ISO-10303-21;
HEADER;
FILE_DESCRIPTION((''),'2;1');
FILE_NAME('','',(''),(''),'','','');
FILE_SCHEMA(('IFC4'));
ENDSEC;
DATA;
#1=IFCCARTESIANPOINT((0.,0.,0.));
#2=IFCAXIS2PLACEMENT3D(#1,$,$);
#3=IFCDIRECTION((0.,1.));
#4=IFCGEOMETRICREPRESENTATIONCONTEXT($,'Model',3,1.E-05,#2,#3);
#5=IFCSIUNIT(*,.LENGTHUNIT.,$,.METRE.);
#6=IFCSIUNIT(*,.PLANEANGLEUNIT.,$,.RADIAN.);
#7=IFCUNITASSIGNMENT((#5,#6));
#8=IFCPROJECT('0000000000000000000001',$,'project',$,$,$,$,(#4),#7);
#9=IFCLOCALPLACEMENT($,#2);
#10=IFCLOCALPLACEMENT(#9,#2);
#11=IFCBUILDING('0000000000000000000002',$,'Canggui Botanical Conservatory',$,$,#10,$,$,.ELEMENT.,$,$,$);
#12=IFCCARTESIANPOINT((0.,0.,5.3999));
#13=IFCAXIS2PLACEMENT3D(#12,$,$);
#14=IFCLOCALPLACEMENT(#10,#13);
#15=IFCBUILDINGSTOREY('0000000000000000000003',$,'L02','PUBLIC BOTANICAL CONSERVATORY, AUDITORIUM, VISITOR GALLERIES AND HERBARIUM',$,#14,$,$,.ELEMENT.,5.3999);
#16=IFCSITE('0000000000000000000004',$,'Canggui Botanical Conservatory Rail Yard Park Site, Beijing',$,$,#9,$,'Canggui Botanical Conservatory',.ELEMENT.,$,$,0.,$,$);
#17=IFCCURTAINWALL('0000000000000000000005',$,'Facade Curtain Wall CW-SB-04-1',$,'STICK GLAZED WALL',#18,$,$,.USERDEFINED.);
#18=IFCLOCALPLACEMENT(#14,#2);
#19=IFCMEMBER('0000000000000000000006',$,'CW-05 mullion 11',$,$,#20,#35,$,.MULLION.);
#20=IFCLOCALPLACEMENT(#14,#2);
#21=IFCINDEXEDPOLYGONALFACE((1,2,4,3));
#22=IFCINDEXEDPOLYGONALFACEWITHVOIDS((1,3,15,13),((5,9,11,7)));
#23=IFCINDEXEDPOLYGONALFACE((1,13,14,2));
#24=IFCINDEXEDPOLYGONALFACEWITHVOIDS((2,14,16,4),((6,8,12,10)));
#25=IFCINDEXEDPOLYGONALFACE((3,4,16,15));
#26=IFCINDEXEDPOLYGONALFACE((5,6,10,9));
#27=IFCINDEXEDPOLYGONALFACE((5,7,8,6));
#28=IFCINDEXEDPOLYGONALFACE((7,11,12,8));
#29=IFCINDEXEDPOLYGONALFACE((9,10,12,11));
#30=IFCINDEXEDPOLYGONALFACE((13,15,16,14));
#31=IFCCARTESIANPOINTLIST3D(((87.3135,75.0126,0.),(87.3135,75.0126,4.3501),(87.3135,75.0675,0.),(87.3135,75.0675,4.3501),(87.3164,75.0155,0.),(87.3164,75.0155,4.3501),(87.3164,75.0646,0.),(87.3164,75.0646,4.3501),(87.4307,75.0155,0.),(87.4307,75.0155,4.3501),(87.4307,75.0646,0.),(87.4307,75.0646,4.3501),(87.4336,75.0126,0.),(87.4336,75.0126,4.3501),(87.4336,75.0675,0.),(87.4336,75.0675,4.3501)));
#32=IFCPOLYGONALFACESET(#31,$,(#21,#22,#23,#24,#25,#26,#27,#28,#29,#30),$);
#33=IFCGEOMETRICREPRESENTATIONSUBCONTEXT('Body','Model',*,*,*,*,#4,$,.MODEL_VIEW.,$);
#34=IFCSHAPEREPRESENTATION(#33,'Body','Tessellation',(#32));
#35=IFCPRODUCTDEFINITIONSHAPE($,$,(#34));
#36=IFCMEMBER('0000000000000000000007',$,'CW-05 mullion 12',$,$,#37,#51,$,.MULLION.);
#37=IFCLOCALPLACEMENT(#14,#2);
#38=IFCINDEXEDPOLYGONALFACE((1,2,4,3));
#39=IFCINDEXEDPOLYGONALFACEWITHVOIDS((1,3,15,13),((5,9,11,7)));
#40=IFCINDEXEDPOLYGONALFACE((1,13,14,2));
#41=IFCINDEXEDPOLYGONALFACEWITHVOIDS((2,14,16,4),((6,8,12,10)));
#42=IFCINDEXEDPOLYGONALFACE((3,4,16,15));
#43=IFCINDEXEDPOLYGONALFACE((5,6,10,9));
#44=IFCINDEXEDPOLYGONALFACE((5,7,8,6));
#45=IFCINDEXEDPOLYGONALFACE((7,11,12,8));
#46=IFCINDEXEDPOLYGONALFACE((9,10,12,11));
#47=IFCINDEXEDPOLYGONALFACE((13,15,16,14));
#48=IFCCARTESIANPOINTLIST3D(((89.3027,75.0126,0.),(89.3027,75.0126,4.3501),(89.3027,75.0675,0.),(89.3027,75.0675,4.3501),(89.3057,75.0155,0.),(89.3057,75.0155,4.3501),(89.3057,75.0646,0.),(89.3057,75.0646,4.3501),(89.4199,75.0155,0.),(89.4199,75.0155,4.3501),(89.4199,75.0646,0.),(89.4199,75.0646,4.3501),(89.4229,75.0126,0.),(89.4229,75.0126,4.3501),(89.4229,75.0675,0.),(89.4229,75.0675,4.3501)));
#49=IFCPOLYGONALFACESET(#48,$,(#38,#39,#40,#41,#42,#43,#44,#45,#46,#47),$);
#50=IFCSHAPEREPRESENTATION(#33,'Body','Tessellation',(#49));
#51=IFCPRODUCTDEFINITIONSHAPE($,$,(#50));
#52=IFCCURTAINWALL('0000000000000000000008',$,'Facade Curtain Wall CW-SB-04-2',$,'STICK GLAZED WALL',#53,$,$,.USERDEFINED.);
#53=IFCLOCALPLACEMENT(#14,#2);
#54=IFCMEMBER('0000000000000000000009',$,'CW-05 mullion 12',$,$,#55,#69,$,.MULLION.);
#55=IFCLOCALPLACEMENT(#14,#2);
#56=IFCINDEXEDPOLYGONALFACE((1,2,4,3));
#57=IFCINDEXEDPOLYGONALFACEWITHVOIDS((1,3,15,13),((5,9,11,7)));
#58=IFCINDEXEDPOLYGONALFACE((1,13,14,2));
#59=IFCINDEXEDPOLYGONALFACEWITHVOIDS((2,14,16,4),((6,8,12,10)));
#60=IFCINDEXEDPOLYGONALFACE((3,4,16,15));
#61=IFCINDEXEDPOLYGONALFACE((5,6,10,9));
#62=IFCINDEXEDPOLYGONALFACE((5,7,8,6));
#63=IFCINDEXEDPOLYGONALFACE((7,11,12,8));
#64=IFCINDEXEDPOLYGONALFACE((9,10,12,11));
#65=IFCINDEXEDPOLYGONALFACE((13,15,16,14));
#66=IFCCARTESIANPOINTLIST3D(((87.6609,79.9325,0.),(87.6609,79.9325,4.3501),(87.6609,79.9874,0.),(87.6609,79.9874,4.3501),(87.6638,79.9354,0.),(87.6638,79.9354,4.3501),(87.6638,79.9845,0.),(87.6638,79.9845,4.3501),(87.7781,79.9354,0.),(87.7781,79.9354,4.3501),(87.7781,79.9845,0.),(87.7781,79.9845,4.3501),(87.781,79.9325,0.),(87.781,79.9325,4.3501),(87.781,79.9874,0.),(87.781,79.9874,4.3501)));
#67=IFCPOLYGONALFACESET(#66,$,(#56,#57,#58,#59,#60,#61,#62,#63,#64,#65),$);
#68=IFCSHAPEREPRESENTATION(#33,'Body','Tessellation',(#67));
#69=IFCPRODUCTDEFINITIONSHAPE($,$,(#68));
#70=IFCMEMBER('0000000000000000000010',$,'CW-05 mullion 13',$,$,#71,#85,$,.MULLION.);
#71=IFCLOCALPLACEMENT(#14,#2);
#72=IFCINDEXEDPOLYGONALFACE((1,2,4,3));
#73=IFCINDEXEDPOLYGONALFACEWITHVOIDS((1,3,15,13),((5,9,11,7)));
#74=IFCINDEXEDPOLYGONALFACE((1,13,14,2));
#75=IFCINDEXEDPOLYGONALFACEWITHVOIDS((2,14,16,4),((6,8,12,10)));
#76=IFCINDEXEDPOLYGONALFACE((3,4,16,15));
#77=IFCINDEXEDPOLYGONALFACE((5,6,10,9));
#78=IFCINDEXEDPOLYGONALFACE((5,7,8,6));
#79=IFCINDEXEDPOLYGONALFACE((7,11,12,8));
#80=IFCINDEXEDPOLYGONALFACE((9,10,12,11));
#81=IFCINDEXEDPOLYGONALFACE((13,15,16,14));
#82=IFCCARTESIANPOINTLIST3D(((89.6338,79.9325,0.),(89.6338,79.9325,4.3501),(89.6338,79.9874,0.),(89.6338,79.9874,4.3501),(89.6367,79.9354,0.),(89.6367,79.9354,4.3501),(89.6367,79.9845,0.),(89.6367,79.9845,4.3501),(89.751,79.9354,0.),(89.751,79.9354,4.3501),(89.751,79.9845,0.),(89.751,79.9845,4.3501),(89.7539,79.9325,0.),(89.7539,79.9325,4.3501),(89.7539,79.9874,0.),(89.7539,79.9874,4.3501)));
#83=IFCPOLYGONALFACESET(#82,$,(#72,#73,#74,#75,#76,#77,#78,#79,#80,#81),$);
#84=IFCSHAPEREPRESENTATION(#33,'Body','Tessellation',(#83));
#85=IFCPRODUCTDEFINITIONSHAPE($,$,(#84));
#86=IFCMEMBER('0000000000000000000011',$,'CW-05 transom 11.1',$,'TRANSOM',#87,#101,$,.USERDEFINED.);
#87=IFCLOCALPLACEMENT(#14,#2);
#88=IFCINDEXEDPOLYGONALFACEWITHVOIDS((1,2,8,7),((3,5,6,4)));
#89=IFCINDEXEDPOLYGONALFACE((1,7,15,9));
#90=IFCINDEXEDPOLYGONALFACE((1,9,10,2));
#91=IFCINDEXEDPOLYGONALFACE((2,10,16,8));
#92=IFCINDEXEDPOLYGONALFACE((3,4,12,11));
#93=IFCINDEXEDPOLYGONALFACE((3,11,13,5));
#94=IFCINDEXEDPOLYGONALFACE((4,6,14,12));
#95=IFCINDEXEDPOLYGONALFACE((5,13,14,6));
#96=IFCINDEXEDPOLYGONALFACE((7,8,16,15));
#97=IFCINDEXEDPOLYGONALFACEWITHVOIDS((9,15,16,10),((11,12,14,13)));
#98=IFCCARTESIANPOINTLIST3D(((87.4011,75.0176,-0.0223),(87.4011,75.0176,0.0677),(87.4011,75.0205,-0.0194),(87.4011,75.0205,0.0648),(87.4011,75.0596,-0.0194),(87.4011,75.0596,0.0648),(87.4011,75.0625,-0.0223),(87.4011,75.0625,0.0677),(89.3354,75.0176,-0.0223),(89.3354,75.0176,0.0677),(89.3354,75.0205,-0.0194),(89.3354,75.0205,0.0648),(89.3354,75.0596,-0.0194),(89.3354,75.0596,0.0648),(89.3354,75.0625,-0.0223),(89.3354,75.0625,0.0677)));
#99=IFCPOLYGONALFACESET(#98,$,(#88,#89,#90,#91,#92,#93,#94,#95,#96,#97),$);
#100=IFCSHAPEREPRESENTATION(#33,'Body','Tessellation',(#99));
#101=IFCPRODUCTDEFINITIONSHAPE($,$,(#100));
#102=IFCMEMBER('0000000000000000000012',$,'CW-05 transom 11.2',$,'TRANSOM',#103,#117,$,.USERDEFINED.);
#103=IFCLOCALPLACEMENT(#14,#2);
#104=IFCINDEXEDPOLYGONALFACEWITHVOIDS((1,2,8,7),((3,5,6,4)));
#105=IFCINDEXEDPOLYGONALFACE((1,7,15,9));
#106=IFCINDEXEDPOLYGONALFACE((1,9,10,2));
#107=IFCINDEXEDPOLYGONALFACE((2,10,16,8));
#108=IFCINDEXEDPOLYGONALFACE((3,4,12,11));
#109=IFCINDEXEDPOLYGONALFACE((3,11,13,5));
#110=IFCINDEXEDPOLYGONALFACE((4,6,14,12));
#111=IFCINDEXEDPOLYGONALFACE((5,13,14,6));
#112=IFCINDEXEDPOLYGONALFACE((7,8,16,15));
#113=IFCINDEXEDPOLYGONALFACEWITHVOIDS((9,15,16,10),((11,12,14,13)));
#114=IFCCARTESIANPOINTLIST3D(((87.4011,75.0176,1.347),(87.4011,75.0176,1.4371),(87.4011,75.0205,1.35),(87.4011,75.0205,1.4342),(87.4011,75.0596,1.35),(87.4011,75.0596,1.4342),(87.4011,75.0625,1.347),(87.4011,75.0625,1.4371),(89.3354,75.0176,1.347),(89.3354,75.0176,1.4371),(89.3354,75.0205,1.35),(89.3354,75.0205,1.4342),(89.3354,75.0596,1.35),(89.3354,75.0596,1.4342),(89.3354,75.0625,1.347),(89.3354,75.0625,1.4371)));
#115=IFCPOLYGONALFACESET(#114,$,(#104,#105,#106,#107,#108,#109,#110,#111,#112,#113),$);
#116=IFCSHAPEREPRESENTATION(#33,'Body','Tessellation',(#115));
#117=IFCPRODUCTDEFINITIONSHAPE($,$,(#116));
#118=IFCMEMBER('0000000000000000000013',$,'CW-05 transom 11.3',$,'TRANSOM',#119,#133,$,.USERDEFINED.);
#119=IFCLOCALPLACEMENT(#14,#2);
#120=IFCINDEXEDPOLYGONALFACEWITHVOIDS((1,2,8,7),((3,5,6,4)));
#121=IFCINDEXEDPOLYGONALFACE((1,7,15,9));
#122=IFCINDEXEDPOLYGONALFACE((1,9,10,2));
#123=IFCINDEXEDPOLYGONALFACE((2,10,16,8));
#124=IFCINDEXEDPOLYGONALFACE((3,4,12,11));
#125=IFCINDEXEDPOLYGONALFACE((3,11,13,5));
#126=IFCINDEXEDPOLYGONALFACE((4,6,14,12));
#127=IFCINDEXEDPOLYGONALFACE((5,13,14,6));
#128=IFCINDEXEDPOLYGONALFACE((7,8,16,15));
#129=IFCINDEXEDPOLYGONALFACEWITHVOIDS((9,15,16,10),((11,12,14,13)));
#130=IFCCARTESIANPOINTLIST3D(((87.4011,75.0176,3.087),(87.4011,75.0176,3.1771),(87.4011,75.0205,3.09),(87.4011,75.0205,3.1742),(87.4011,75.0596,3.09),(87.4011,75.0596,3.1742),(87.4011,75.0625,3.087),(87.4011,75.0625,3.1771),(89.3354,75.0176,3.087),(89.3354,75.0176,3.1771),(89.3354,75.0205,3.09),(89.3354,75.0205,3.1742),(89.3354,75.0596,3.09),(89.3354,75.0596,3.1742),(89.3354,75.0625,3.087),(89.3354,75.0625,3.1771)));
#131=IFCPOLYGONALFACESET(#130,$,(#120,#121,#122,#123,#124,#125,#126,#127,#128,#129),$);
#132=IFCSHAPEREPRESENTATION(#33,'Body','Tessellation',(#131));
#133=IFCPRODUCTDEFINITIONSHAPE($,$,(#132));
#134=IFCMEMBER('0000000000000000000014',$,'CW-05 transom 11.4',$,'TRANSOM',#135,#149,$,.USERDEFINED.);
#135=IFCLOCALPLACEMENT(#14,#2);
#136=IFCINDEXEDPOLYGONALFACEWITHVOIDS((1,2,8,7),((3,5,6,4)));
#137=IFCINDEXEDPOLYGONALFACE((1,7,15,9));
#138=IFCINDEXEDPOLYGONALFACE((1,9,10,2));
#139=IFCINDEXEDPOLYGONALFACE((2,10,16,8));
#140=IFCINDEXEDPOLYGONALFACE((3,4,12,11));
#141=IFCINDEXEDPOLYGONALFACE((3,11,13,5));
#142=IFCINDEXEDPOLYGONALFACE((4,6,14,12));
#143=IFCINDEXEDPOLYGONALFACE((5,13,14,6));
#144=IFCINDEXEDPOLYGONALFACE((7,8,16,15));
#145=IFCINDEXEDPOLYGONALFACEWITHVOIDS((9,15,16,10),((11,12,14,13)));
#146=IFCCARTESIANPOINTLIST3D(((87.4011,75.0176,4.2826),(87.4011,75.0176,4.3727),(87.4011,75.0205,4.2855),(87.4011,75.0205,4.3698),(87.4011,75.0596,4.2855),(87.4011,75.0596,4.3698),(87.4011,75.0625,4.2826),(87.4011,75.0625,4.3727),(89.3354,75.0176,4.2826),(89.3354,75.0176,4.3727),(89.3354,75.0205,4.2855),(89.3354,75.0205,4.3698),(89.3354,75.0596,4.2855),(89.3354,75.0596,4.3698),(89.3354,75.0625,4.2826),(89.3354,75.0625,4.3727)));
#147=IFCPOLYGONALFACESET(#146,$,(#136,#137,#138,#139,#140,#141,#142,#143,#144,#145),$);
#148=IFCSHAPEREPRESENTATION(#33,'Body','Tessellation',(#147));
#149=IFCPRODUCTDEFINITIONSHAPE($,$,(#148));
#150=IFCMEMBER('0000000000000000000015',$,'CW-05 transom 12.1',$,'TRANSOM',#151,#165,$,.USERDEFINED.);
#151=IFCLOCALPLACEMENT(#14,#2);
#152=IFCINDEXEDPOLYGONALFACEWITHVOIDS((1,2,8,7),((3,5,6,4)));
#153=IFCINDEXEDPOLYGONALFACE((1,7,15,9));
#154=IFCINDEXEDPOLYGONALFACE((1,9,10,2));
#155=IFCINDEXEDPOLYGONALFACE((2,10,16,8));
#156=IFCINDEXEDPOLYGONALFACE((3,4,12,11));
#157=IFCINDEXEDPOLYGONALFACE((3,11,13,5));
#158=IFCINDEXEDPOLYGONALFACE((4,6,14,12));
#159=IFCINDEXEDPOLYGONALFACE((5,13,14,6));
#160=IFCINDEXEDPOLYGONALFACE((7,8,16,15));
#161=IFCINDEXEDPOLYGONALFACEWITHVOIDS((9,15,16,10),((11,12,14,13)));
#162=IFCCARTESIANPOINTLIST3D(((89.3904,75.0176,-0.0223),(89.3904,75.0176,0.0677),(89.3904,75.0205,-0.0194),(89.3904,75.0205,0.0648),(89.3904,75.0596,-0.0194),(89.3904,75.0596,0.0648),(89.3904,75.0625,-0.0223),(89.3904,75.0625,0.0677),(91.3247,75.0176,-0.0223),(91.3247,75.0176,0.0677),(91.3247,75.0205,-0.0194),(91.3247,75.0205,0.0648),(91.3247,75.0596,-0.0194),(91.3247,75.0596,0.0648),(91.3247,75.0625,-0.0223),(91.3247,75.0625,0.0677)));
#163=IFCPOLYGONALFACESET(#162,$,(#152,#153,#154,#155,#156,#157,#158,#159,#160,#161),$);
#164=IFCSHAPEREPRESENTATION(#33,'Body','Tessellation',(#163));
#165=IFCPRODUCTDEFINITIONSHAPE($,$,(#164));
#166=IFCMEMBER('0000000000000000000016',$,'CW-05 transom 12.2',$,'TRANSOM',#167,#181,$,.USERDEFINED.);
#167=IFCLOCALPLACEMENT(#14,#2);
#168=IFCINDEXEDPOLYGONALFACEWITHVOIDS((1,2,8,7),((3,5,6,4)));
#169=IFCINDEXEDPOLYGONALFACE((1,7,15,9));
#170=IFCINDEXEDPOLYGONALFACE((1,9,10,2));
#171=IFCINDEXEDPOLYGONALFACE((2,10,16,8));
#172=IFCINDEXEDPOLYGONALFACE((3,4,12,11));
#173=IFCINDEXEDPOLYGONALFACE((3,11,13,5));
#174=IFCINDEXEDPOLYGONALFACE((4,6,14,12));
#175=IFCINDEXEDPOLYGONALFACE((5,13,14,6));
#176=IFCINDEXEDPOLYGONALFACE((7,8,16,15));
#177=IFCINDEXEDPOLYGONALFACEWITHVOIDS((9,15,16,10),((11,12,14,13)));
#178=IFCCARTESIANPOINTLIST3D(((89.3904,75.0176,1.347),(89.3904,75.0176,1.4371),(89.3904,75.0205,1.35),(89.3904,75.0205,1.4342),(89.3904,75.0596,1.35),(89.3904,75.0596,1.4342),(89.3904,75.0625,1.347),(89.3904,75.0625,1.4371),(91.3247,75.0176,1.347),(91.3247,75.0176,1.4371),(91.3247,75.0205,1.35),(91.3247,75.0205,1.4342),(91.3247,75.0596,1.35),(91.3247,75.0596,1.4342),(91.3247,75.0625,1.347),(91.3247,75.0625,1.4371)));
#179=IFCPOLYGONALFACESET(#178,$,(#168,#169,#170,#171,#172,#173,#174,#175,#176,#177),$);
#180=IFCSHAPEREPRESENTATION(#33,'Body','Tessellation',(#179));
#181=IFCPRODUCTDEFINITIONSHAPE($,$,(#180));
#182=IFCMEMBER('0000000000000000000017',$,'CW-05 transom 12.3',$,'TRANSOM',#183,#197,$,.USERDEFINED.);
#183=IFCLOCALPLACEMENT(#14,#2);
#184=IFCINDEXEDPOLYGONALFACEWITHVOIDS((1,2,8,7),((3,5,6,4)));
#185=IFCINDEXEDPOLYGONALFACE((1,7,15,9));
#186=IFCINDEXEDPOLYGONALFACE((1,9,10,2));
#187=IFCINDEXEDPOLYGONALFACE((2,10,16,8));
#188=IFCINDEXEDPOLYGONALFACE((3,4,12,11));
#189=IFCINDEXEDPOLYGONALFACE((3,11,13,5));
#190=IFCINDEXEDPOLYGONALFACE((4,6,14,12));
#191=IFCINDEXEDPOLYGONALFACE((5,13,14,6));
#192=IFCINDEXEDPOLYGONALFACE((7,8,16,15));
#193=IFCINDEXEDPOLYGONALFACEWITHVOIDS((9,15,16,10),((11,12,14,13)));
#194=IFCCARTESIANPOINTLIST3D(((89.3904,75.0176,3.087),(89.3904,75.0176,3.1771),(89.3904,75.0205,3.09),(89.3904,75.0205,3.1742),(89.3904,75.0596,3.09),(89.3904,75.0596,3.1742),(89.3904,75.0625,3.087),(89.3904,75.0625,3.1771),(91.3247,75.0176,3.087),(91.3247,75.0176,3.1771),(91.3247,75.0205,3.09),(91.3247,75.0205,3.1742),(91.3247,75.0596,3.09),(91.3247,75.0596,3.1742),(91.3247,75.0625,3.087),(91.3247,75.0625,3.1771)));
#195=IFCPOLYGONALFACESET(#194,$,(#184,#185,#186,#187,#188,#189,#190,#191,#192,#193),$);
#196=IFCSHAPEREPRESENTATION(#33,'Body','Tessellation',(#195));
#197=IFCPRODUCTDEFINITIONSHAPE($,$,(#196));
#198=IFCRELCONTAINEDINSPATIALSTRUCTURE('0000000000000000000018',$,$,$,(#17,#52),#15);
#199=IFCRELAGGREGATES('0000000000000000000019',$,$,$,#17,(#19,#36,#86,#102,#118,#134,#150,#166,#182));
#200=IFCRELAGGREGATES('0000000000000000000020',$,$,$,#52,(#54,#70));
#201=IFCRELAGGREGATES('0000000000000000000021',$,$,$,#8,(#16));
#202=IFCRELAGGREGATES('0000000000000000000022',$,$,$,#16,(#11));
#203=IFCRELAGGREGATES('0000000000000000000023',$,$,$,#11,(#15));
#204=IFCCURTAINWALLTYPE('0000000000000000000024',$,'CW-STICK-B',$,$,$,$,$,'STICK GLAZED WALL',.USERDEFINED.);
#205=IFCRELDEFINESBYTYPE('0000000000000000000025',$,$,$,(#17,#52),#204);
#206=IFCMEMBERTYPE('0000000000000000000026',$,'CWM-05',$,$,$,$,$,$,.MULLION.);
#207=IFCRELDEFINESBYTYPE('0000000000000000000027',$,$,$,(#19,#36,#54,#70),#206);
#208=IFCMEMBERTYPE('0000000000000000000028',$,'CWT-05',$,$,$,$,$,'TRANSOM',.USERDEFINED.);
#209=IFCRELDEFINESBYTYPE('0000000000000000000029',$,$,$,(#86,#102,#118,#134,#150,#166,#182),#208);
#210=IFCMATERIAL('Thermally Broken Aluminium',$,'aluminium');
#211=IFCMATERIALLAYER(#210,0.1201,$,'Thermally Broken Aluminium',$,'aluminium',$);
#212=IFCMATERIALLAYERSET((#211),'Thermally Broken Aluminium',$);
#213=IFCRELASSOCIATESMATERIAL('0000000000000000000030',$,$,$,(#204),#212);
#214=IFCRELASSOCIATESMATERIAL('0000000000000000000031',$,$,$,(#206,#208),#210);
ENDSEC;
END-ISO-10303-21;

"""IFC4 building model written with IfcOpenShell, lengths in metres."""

from ifc_helpers import new_model, si_unit, direction, frame, origin, origin_2d, place, context, subcontext, project, spatial, hollow_rectangle, extrude, material, layer, layer_set, material_profile, profile_set, type_object, element, aggregate, save


model = new_model("IFC4")

# Units and contexts
model_context = context("Model", 3, precision=1e-05, world=origin(), true_north=direction((0.0, 1.0)))
body_context = subcontext(model_context, "Body", "Model", "MODEL_VIEW")
ifc_project = project(units=[si_unit("LENGTHUNIT", "METRE"), si_unit("PLANEANGLEUNIT", "RADIAN")], contexts=[model_context])

# Site, building, storey
site_placement = place(None, origin())
site = spatial("IfcSite", under=ifc_project, at=site_placement, Name="Canggui Botanical Conservatory Rail Yard Park Site, Beijing", LongName="Canggui Botanical Conservatory", CompositionType="ELEMENT", RefElevation=0.0)
building_placement = place(site_placement, origin())
building = spatial("IfcBuilding", under=site, at=building_placement, Name="Canggui Botanical Conservatory", CompositionType="ELEMENT")
storey_placement = place(building_placement, frame((0.0, 0.0, 5.3999)))
storey = spatial("IfcBuildingStorey", under=building, at=storey_placement, Name="L02", Description="PUBLIC BOTANICAL CONSERVATORY, AUDITORIUM, VISITOR GALLERIES AND HERBARIUM", CompositionType="ELEMENT", Elevation=5.3999)

# Curtain walls, members
ifc_material_1 = material(Name="Thermally Broken Aluminium", Category="aluminium")
ifc_layer_1 = layer(ifc_material_1, 0.1201, Name="Thermally Broken Aluminium", Category="aluminium")
ifc_layer_set_1 = layer_set([ifc_layer_1], Name="Thermally Broken Aluminium")
curtain_wall_type = type_object("IfcCurtainWallType", Name="CW-STICK-B", ElementType="STICK GLAZED WALL", PredefinedType="USERDEFINED", material=ifc_layer_set_1)
curtain_wall_1_placement = place(storey_placement, origin())
curtain_wall_1 = element("IfcCurtainWall", 1, at=curtain_wall_1_placement, inside=storey, type_object=curtain_wall_type, Name="Facade Curtain Wall CW-SB-04-1", ObjectType="STICK GLAZED WALL", PredefinedType="USERDEFINED")
ifc_material_profile_1 = material_profile(ifc_material_1, hollow_rectangle(XDim=0.0549, YDim=0.1201, WallThickness=0.0029, at=origin_2d()), Name="CWM 55x120x3")
ifc_profile_set_1 = profile_set([ifc_material_profile_1], Name="Thermally Broken Aluminium")
member_type_1 = type_object("IfcMemberType", Name="CWM-05", PredefinedType="MULLION", material=ifc_profile_set_1)
member_1_placement = place(storey_placement, frame((87.3735, 75.04, 0.0), z_axis=(0.0, 0.0, 1.0), x_axis=(0.0, 1.0, 0.0)))
member_1 = element("IfcMember", 2, at=member_1_placement, type_object=member_type_1, Name="CW-05 mullion 11", PredefinedType="MULLION", context=body_context, shape_type="SweptSolid", body=[
    extrude(hollow_rectangle(XDim=0.0549, YDim=0.1201, WallThickness=0.0029, at=origin_2d()), origin(), (0.0, 0.0, 1.0), 4.3501),
])
member_2_placement = place(storey_placement, frame((89.3628, 75.04, 0.0), z_axis=(0.0, 0.0, 1.0), x_axis=(0.0, 1.0, 0.0)))
member_2 = element("IfcMember", 3, at=member_2_placement, type_object=member_type_1, Name="CW-05 mullion 12", PredefinedType="MULLION", context=body_context, shape_type="SweptSolid", body=[
    extrude(hollow_rectangle(XDim=0.0549, YDim=0.1201, WallThickness=0.0029, at=origin_2d()), origin(), (0.0, 0.0, 1.0), 4.3501),
])
curtain_wall_2_placement = place(storey_placement, origin())
curtain_wall_2 = element("IfcCurtainWall", 4, at=curtain_wall_2_placement, inside=storey, type_object=curtain_wall_type, Name="Facade Curtain Wall CW-SB-04-2", ObjectType="STICK GLAZED WALL", PredefinedType="USERDEFINED")
member_3_placement = place(storey_placement, frame((87.7209, 79.96, 0.0), z_axis=(0.0, 0.0, 1.0), x_axis=(0.0, 1.0, 0.0)))
member_3 = element("IfcMember", 5, at=member_3_placement, type_object=member_type_1, Name="CW-05 mullion 12", PredefinedType="MULLION", context=body_context, shape_type="SweptSolid", body=[
    extrude(hollow_rectangle(XDim=0.0549, YDim=0.1201, WallThickness=0.0029, at=origin_2d()), origin(), (0.0, 0.0, 1.0), 4.3501),
])
member_4_placement = place(storey_placement, frame((89.6938, 79.96, 0.0), z_axis=(0.0, 0.0, 1.0), x_axis=(0.0, 1.0, 0.0)))
member_4 = element("IfcMember", 6, at=member_4_placement, type_object=member_type_1, Name="CW-05 mullion 13", PredefinedType="MULLION", context=body_context, shape_type="SweptSolid", body=[
    extrude(hollow_rectangle(XDim=0.0549, YDim=0.1201, WallThickness=0.0029, at=origin_2d()), origin(), (0.0, 0.0, 1.0), 4.3501),
])

# Members
ifc_material_profile_2 = material_profile(ifc_material_1, hollow_rectangle(XDim=0.0449, YDim=0.0901, WallThickness=0.0029, at=origin_2d()), Name="CWT 45x90x3")
ifc_profile_set_2 = profile_set([ifc_material_profile_2], Name="Thermally Broken Aluminium")
member_type_2 = type_object("IfcMemberType", Name="CWT-05", ElementType="TRANSOM", PredefinedType="USERDEFINED", material=ifc_profile_set_2)
member_5_placement = place(storey_placement, frame((87.4011, 75.04, 0.0227), z_axis=(1.0, 0.0, 0.0), x_axis=(0.0, 1.0, 0.0)))
member_5 = element("IfcMember", 7, at=member_5_placement, type_object=member_type_2, Name="CW-05 transom 11.1", ObjectType="TRANSOM", PredefinedType="USERDEFINED", context=body_context, shape_type="SweptSolid", body=[
    extrude(hollow_rectangle(XDim=0.0449, YDim=0.0901, WallThickness=0.0029, at=origin_2d()), origin(), (0.0, 0.0, 1.0), 1.9343),
])
member_6_placement = place(storey_placement, frame((87.4011, 75.04, 1.3921), z_axis=(1.0, 0.0, 0.0), x_axis=(0.0, 1.0, 0.0)))
member_6 = element("IfcMember", 8, at=member_6_placement, type_object=member_type_2, Name="CW-05 transom 11.2", ObjectType="TRANSOM", PredefinedType="USERDEFINED", context=body_context, shape_type="SweptSolid", body=[
    extrude(hollow_rectangle(XDim=0.0449, YDim=0.0901, WallThickness=0.0029, at=origin_2d()), origin(), (0.0, 0.0, 1.0), 1.9343),
])
member_7_placement = place(storey_placement, frame((87.4011, 75.04, 3.1321), z_axis=(1.0, 0.0, 0.0), x_axis=(0.0, 1.0, 0.0)))
member_7 = element("IfcMember", 9, at=member_7_placement, type_object=member_type_2, Name="CW-05 transom 11.3", ObjectType="TRANSOM", PredefinedType="USERDEFINED", context=body_context, shape_type="SweptSolid", body=[
    extrude(hollow_rectangle(XDim=0.0449, YDim=0.0901, WallThickness=0.0029, at=origin_2d()), origin(), (0.0, 0.0, 1.0), 1.9343),
])
member_8_placement = place(storey_placement, frame((87.4011, 75.04, 4.3276), z_axis=(1.0, 0.0, 0.0), x_axis=(0.0, 1.0, 0.0)))
member_8 = element("IfcMember", 10, at=member_8_placement, type_object=member_type_2, Name="CW-05 transom 11.4", ObjectType="TRANSOM", PredefinedType="USERDEFINED", context=body_context, shape_type="SweptSolid", body=[
    extrude(hollow_rectangle(XDim=0.0449, YDim=0.0901, WallThickness=0.0029, at=origin_2d()), origin(), (0.0, 0.0, 1.0), 1.9343),
])
member_9_placement = place(storey_placement, frame((89.3904, 75.04, 0.0227), z_axis=(1.0, 0.0, 0.0), x_axis=(0.0, 1.0, 0.0)))
member_9 = element("IfcMember", 11, at=member_9_placement, type_object=member_type_2, Name="CW-05 transom 12.1", ObjectType="TRANSOM", PredefinedType="USERDEFINED", context=body_context, shape_type="SweptSolid", body=[
    extrude(hollow_rectangle(XDim=0.0449, YDim=0.0901, WallThickness=0.0029, at=origin_2d()), origin(), (0.0, 0.0, 1.0), 1.9343),
])
member_10_placement = place(storey_placement, frame((89.3904, 75.04, 1.3921), z_axis=(1.0, 0.0, 0.0), x_axis=(0.0, 1.0, 0.0)))
member_10 = element("IfcMember", 12, at=member_10_placement, type_object=member_type_2, Name="CW-05 transom 12.2", ObjectType="TRANSOM", PredefinedType="USERDEFINED", context=body_context, shape_type="SweptSolid", body=[
    extrude(hollow_rectangle(XDim=0.0449, YDim=0.0901, WallThickness=0.0029, at=origin_2d()), origin(), (0.0, 0.0, 1.0), 1.9343),
])
member_11_placement = place(storey_placement, frame((89.3904, 75.04, 3.1321), z_axis=(1.0, 0.0, 0.0), x_axis=(0.0, 1.0, 0.0)))
member_11 = element("IfcMember", 13, at=member_11_placement, type_object=member_type_2, Name="CW-05 transom 12.3", ObjectType="TRANSOM", PredefinedType="USERDEFINED", context=body_context, shape_type="SweptSolid", body=[
    extrude(hollow_rectangle(XDim=0.0449, YDim=0.0901, WallThickness=0.0029, at=origin_2d()), origin(), (0.0, 0.0, 1.0), 1.9343),
])

aggregate(curtain_wall_1, [member_1, member_2, member_5, member_6, member_7, member_8, member_9, member_10, member_11])
aggregate(curtain_wall_2, [member_3, member_4])

save(model, "model.ifc")
